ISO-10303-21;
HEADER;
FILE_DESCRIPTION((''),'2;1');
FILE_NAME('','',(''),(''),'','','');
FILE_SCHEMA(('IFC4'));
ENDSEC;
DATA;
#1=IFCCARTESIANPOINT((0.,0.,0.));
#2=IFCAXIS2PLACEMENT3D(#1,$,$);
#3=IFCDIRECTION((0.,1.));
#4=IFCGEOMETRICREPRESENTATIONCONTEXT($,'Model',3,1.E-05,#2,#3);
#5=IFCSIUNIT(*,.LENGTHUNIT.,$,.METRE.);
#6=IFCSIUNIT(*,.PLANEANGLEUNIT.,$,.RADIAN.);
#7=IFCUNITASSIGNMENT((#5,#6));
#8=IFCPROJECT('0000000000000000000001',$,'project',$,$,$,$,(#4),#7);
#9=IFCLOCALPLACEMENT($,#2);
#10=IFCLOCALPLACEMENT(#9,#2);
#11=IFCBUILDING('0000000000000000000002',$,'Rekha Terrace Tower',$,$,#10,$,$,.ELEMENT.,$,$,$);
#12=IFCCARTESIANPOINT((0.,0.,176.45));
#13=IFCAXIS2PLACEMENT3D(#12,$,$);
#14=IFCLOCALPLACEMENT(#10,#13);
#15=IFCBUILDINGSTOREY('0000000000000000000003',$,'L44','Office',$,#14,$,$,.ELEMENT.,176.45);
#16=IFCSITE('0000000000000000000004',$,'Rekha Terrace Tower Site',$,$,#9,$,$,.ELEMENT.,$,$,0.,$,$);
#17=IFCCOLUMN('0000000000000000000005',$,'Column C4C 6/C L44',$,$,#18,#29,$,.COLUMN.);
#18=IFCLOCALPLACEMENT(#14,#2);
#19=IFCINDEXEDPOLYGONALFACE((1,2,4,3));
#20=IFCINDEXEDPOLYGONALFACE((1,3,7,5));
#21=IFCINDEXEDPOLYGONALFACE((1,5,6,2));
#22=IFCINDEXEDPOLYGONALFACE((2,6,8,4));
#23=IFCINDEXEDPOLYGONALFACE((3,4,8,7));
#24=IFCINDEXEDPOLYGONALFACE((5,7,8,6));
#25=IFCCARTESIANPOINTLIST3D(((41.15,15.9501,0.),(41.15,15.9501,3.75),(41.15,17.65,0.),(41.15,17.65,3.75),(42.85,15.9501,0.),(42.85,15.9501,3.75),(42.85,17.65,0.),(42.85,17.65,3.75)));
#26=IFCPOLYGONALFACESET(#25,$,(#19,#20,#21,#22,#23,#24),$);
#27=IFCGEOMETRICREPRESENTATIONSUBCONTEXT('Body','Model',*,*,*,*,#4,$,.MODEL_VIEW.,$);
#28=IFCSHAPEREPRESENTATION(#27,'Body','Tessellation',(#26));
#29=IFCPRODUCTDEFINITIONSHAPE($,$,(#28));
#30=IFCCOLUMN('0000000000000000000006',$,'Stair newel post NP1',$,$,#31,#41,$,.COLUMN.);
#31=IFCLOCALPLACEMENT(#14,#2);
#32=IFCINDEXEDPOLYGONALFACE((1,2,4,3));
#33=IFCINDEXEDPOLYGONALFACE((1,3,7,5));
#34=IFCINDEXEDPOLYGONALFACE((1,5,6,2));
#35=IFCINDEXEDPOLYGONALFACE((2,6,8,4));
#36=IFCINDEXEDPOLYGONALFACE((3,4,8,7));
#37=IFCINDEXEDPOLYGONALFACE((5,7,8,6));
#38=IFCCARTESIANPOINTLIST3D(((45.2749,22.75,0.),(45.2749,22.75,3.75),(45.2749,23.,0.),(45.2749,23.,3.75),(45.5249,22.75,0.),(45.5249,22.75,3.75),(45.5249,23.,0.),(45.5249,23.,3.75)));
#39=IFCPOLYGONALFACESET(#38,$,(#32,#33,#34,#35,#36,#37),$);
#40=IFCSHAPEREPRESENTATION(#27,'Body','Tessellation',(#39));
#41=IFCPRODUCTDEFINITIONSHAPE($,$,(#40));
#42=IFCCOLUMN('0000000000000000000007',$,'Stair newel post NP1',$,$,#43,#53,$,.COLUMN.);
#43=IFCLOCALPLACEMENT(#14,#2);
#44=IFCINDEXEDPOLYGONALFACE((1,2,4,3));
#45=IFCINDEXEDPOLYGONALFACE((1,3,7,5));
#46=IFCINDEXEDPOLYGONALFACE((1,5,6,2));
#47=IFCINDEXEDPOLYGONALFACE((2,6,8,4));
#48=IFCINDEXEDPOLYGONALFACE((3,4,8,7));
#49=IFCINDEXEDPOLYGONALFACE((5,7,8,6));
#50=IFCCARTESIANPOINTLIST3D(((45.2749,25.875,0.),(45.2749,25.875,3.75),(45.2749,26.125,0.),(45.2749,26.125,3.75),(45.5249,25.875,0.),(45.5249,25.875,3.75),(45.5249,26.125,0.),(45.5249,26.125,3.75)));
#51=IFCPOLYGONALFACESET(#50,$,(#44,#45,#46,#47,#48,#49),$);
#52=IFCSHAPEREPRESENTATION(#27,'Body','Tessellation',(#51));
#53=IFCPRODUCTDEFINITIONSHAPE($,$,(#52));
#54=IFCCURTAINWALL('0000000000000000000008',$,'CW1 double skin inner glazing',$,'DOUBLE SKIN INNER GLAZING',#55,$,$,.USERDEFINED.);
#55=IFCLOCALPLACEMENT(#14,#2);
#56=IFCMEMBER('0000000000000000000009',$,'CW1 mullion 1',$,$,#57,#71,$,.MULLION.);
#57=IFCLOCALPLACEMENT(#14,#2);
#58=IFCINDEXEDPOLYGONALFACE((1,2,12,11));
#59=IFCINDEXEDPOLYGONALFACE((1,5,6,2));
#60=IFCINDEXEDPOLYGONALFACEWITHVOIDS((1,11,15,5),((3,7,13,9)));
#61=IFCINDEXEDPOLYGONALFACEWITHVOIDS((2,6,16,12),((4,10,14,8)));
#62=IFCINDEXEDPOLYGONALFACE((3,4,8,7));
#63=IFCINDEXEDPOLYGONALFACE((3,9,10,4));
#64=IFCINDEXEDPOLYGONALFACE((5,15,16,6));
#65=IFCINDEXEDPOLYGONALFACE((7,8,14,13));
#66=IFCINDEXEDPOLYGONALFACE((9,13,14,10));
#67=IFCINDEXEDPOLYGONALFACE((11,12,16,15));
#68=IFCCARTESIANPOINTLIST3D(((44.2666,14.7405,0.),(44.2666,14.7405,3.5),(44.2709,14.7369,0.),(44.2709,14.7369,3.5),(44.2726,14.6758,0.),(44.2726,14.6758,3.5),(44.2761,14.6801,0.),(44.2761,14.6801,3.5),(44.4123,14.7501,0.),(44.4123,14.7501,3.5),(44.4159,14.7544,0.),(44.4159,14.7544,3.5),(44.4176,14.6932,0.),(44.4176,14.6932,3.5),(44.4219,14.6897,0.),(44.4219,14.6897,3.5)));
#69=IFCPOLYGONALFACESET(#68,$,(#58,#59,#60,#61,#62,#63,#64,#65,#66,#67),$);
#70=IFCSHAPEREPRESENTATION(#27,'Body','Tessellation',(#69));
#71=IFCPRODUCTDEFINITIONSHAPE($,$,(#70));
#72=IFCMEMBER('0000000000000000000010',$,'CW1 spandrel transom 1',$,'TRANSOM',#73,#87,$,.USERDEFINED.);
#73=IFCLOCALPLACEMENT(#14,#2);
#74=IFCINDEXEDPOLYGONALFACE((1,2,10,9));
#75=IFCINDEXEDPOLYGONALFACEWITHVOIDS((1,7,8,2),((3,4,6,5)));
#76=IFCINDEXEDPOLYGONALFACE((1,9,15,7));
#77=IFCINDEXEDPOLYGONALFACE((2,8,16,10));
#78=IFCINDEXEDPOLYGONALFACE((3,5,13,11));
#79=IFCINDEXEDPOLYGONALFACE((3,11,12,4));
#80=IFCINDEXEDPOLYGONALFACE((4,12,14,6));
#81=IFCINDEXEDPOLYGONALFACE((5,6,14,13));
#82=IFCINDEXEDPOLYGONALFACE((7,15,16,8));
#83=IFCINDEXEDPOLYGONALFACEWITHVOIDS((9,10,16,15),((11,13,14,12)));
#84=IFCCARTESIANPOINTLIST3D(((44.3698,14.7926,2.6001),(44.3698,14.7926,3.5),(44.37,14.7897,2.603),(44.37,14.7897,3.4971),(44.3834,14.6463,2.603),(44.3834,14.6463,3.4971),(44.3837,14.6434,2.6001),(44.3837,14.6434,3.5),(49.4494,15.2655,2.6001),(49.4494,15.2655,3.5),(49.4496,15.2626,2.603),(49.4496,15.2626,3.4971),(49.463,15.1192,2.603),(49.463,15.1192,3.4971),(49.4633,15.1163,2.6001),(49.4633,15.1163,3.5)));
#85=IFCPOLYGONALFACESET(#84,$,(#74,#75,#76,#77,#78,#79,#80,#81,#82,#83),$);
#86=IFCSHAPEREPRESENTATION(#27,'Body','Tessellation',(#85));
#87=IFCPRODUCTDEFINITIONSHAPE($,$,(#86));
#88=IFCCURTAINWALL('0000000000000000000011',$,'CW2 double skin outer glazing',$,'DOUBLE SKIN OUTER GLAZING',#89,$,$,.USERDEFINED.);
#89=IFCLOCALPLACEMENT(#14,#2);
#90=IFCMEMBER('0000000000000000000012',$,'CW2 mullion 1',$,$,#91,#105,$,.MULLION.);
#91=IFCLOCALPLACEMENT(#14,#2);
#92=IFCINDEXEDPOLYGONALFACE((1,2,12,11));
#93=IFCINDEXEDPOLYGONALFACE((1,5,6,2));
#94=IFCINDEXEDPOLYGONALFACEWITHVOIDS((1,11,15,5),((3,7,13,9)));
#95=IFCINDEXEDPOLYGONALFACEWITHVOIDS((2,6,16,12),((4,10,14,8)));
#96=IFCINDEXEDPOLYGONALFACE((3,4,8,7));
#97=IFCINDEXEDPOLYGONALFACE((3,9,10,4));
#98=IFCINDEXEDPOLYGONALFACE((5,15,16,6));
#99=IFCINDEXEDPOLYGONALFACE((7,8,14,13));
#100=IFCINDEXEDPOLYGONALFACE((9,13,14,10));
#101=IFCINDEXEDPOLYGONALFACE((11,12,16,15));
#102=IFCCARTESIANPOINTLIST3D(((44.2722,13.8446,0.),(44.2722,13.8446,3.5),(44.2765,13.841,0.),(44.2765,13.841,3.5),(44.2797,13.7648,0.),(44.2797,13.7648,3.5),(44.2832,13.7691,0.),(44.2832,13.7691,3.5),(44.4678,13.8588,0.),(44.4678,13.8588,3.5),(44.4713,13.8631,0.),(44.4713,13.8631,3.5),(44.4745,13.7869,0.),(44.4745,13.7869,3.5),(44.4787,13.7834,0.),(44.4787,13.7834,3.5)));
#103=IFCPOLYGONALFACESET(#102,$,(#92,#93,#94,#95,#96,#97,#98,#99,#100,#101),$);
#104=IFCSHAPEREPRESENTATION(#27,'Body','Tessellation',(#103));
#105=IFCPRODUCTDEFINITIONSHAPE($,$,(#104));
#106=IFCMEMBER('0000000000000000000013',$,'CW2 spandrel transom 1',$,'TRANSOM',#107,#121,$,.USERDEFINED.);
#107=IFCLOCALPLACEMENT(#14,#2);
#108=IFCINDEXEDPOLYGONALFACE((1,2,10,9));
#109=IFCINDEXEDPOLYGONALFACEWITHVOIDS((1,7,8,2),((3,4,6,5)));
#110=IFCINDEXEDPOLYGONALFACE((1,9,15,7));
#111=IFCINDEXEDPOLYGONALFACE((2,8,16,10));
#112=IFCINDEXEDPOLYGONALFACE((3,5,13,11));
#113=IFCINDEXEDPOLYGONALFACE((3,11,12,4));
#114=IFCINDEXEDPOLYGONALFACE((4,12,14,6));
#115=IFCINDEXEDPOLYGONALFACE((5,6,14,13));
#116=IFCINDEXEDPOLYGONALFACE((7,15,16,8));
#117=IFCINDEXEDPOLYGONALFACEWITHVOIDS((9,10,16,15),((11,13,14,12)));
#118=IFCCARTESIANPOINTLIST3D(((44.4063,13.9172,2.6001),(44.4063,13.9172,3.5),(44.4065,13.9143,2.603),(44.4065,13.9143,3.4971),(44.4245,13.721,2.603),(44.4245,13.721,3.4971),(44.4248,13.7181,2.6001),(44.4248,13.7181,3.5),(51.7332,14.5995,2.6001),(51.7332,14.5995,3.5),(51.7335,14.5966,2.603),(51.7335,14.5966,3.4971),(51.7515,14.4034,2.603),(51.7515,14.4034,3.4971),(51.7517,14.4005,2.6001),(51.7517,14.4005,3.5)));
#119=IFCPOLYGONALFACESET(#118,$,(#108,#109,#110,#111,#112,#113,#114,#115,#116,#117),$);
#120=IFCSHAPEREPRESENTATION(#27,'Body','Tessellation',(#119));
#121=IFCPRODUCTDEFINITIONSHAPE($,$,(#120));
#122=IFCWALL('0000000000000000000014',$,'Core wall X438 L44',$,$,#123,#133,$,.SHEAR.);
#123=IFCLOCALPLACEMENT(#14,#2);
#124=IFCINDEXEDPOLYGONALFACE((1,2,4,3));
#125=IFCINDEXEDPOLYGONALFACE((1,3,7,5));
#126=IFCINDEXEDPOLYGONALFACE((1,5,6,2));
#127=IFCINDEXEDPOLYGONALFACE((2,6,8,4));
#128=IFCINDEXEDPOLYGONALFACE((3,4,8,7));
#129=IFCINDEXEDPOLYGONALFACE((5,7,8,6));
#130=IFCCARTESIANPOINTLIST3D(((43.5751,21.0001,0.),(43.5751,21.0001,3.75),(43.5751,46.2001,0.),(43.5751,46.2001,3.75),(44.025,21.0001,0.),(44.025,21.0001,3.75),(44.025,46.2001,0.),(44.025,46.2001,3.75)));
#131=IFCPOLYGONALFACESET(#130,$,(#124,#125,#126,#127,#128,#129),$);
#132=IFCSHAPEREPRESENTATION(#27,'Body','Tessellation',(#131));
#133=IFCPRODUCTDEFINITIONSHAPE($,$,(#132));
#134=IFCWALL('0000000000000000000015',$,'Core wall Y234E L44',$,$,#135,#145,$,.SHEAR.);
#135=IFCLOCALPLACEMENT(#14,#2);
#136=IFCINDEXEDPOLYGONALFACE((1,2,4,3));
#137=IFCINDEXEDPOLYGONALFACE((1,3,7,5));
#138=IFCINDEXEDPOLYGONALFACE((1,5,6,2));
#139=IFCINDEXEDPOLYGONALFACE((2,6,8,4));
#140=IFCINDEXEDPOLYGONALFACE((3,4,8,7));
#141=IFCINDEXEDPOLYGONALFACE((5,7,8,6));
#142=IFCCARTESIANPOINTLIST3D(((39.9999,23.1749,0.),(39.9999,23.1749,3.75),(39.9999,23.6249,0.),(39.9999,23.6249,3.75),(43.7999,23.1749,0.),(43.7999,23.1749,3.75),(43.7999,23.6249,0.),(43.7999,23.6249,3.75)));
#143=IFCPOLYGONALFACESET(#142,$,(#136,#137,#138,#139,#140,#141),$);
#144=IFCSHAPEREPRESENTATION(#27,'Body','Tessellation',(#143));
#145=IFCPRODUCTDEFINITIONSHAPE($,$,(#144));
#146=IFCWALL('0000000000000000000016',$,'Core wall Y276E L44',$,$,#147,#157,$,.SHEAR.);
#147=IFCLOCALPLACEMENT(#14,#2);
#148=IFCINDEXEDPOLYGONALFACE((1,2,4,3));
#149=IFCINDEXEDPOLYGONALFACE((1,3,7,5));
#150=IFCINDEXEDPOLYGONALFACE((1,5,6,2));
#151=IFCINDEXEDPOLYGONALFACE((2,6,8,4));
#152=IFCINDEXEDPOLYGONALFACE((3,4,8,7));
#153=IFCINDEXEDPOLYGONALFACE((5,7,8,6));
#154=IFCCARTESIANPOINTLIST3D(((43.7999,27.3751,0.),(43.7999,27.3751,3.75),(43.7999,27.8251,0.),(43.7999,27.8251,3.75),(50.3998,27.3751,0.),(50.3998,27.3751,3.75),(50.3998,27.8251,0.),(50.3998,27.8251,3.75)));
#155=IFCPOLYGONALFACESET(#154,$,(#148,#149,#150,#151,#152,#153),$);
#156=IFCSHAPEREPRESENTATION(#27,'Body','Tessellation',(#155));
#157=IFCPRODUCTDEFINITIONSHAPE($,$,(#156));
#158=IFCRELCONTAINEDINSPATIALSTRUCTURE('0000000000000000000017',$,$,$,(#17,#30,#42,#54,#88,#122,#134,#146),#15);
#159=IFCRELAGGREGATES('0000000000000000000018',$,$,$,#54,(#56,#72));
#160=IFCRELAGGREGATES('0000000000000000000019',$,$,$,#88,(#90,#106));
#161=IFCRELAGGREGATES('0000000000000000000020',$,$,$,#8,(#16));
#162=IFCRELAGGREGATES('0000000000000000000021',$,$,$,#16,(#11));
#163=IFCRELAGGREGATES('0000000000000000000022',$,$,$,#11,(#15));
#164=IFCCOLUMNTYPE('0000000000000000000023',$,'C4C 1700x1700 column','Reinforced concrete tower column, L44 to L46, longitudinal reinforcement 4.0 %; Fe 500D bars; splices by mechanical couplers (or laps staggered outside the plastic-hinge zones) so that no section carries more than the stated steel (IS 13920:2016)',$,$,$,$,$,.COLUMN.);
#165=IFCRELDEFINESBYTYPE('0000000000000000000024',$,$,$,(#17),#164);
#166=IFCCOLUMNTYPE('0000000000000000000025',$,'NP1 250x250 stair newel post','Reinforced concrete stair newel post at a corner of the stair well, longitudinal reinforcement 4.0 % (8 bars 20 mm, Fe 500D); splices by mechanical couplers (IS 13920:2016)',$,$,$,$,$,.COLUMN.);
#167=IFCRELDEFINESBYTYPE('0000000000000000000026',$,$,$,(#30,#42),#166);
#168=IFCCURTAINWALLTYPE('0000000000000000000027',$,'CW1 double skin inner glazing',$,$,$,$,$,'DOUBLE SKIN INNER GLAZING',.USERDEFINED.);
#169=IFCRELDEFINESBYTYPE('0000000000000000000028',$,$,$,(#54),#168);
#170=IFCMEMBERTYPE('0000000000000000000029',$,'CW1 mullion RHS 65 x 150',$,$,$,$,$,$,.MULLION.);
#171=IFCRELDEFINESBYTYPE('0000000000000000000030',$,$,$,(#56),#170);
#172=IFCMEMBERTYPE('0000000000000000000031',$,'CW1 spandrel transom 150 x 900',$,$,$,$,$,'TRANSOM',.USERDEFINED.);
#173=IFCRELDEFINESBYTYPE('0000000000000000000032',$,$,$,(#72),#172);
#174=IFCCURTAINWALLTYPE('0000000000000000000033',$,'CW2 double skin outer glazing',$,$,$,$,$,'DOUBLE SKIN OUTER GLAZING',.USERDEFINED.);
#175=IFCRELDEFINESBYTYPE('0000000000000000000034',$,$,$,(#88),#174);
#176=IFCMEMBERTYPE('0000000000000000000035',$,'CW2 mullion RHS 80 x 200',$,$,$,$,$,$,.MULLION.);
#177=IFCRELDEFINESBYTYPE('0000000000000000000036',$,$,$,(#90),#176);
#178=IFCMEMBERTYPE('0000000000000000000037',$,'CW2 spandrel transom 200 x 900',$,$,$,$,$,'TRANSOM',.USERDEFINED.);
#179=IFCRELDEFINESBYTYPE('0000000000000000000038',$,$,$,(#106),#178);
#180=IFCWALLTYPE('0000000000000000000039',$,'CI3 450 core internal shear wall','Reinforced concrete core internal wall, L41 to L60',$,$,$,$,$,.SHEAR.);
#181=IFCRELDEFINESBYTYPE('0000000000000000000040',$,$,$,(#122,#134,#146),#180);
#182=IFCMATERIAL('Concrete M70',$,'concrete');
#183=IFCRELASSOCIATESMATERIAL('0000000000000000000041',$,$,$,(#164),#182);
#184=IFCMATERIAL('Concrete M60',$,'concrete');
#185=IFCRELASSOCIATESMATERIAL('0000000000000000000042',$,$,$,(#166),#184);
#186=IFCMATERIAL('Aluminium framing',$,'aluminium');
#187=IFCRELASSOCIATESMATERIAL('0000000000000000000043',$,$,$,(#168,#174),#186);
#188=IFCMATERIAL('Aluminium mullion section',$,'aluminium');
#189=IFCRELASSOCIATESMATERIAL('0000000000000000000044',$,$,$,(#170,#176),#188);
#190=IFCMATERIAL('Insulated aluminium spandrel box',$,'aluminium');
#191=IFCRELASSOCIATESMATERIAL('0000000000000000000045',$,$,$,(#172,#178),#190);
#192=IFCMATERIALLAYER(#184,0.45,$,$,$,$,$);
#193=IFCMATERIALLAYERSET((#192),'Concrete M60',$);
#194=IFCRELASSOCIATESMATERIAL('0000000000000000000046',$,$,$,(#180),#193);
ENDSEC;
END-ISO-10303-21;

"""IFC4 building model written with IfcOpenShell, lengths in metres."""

from ifc_helpers import new_model, si_unit, direction, frame, frame_2d, origin, origin_2d, place, context, subcontext, project, spatial, rectangle, hollow_rectangle, extrude, material, layer, layer_set, material_profile, profile_set, type_object, element, aggregate, save


model = new_model("IFC4")

# Units and contexts
model_context = context("Model", 3, precision=1e-05, world=origin(), true_north=direction((0.0, 1.0)))
body_context = subcontext(model_context, "Body", "Model", "MODEL_VIEW")
ifc_project = project(units=[si_unit("LENGTHUNIT", "METRE"), si_unit("PLANEANGLEUNIT", "RADIAN")], contexts=[model_context])

# Site, building, storey
site_placement = place(None, origin())
site = spatial("IfcSite", under=ifc_project, at=site_placement, Name="Rekha Terrace Tower Site", CompositionType="ELEMENT", RefElevation=0.0)
building_placement = place(site_placement, origin())
building = spatial("IfcBuilding", under=site, at=building_placement, Name="Rekha Terrace Tower", CompositionType="ELEMENT")
storey_placement = place(building_placement, frame((0.0, 0.0, 176.45)))
storey = spatial("IfcBuildingStorey", under=building, at=storey_placement, Name="L44", Description="Office", CompositionType="ELEMENT", Elevation=176.45)

# Columns
ifc_material_1 = material(Name="Concrete M70", Category="concrete")
ifc_material_profile_1 = material_profile(ifc_material_1, rectangle(XDim=1.7, YDim=1.7, at=origin_2d()), Name="RC 1700x1700")
ifc_profile_set_1 = profile_set([ifc_material_profile_1], Name="Concrete M70")
column_type_1 = type_object("IfcColumnType", Name="C4C 1700x1700 column", Description="Reinforced concrete tower column, L44 to L46, longitudinal reinforcement 4.0 %; Fe 500D bars; splices by mechanical couplers (or laps staggered outside the plastic-hinge zones) so that no section carries more than the stated steel (IS 13920:2016)", PredefinedType="COLUMN", material=ifc_profile_set_1)
column_placement = place(storey_placement, frame((42.0, 16.8, 0.0), z_axis=(0.0, 0.0, 1.0), x_axis=(1.0, 0.0, 0.0)))
element("IfcColumn", 1, at=column_placement, inside=storey, type_object=column_type_1, Name="Column C4C 6/C L44", PredefinedType="COLUMN", context=body_context, shape_type="SweptSolid", body=[
    extrude(rectangle(XDim=1.7, YDim=1.7, at=origin_2d()), origin(), (0.0, 0.0, 1.0), 3.75),
])
ifc_material_2 = material(Name="Concrete M60", Category="concrete")
ifc_material_profile_2 = material_profile(ifc_material_2, rectangle(XDim=0.25, YDim=0.25, at=origin_2d()), Name="RC 250x250")
ifc_profile_set_2 = profile_set([ifc_material_profile_2], Name="Concrete M60")
column_type_2 = type_object("IfcColumnType", Name="NP1 250x250 stair newel post", Description="Reinforced concrete stair newel post at a corner of the stair well, longitudinal reinforcement 4.0 % (8 bars 20 mm, Fe 500D); splices by mechanical couplers (IS 13920:2016)", PredefinedType="COLUMN", material=ifc_profile_set_2)
for number, where, z_axis, x_axis, name in (
    (2, (45.3999, 22.875, 0.0), (0.0, 0.0, 1.0), (1.0, 0.0, 0.0), "Stair newel post NP1"),
    (3, (45.3999, 26.0, 0.0), (0.0, 0.0, 1.0), (1.0, 0.0, 0.0), "Stair newel post NP1"),
):
    element("IfcColumn", number, at=place(storey_placement, frame(where, z_axis=z_axis, x_axis=x_axis)), inside=storey, type_object=column_type_2, Name=name, PredefinedType="COLUMN", context=body_context, shape_type="SweptSolid", body=[
        extrude(rectangle(XDim=0.25, YDim=0.25, at=origin_2d()), origin(), (0.0, 0.0, 1.0), 3.75),
    ])

# Curtain walls, members
ifc_material_3 = material(Name="Aluminium framing", Category="aluminium")
curtain_wall_type_1 = type_object("IfcCurtainWallType", Name="CW1 double skin inner glazing", ElementType="DOUBLE SKIN INNER GLAZING", PredefinedType="USERDEFINED", material=ifc_material_3)
curtain_wall_1_placement = place(storey_placement, origin())
curtain_wall_1 = element("IfcCurtainWall", 4, at=curtain_wall_1_placement, inside=storey, type_object=curtain_wall_type_1, Name="CW1 double skin inner glazing", ObjectType="DOUBLE SKIN INNER GLAZING", PredefinedType="USERDEFINED")
ifc_material_4 = material(Name="Aluminium mullion section", Category="aluminium")
ifc_material_profile_3 = material_profile(ifc_material_4, hollow_rectangle(XDim=0.0649, YDim=0.1499, WallThickness=0.0039, at=origin_2d()), Name="AL RHS 65x150")
ifc_profile_set_3 = profile_set([ifc_material_profile_3], Name="Aluminium mullion section")
member_type_1 = type_object("IfcMemberType", Name="CW1 mullion RHS 65 x 150", PredefinedType="MULLION", material=ifc_profile_set_3)
member_1_placement = place(storey_placement, frame((44.3442, 14.7151, 0.0), z_axis=(0.0, 0.0, 1.0), x_axis=(-0.092709, 0.995693, 0.0)))
member_1 = element("IfcMember", 5, at=member_1_placement, type_object=member_type_1, Name="CW1 mullion 1", PredefinedType="MULLION", context=body_context, shape_type="SweptSolid", body=[
    extrude(hollow_rectangle(XDim=0.0649, YDim=0.1499, WallThickness=0.0039, at=origin_2d()), origin(), (0.0, 0.0, 1.0), 3.5),
])
ifc_material_5 = material(Name="Insulated aluminium spandrel box", Category="aluminium")
ifc_material_profile_4 = material_profile(ifc_material_5, hollow_rectangle(XDim=0.1499, YDim=0.8999, WallThickness=0.0029, at=origin_2d()), Name="AL SPANDREL BOX 150x900")
ifc_profile_set_4 = profile_set([ifc_material_profile_4], Name="Insulated aluminium spandrel box")
member_type_2 = type_object("IfcMemberType", Name="CW1 spandrel transom 150 x 900", ElementType="TRANSOM", PredefinedType="USERDEFINED", material=ifc_profile_set_4)
member_2_placement = place(storey_placement, frame((44.3767, 14.718, 3.05), z_axis=(0.995694, 0.092697, 0.0), x_axis=(-0.092697, 0.995694, 0.0)))
member_2 = element("IfcMember", 6, at=member_2_placement, type_object=member_type_2, Name="CW1 spandrel transom 1", ObjectType="TRANSOM", PredefinedType="USERDEFINED", context=body_context, shape_type="SweptSolid", body=[
    extrude(hollow_rectangle(XDim=0.1499, YDim=0.8999, WallThickness=0.0029, at=origin_2d()), origin(), (0.0, 0.0, 1.0), 5.1016),
])
aggregate(curtain_wall_1, [member_1, member_2])
curtain_wall_type_2 = type_object("IfcCurtainWallType", Name="CW2 double skin outer glazing", ElementType="DOUBLE SKIN OUTER GLAZING", PredefinedType="USERDEFINED", material=ifc_material_3)
curtain_wall_2_placement = place(storey_placement, origin())
curtain_wall_2 = element("IfcCurtainWall", 7, at=curtain_wall_2_placement, inside=storey, type_object=curtain_wall_type_2, Name="CW2 double skin outer glazing", ObjectType="DOUBLE SKIN OUTER GLAZING", PredefinedType="USERDEFINED")
ifc_material_profile_5 = material_profile(ifc_material_4, hollow_rectangle(XDim=0.0801, YDim=0.2, WallThickness=0.0039, at=origin_2d()), Name="AL RHS 80x200")
ifc_profile_set_5 = profile_set([ifc_material_profile_5], Name="Aluminium mullion section")
member_type_3 = type_object("IfcMemberType", Name="CW2 mullion RHS 80 x 200", PredefinedType="MULLION", material=ifc_profile_set_5)
member_3_placement = place(storey_placement, frame((44.3755, 13.814, 0.0), z_axis=(0.0, 0.0, 1.0), x_axis=(-0.092709, 0.995693, 0.0)))
member_3 = element("IfcMember", 8, at=member_3_placement, type_object=member_type_3, Name="CW2 mullion 1", PredefinedType="MULLION", context=body_context, shape_type="SweptSolid", body=[
    extrude(hollow_rectangle(XDim=0.0801, YDim=0.2, WallThickness=0.0039, at=origin_2d()), origin(), (0.0, 0.0, 1.0), 3.5),
])
ifc_material_profile_6 = material_profile(ifc_material_5, hollow_rectangle(XDim=0.2, YDim=0.8999, WallThickness=0.0029, at=origin_2d()), Name="AL SPANDREL BOX 200x900")
ifc_profile_set_6 = profile_set([ifc_material_profile_6], Name="Insulated aluminium spandrel box")
member_type_4 = type_object("IfcMemberType", Name="CW2 spandrel transom 200 x 900", ElementType="TRANSOM", PredefinedType="USERDEFINED", material=ifc_profile_set_6)
member_4_placement = place(storey_placement, frame((44.4155, 13.8176, 3.05), z_axis=(0.995691, 0.092731, 0.0), x_axis=(-0.092731, 0.995691, 0.0)))
member_4 = element("IfcMember", 9, at=member_4_placement, type_object=member_type_4, Name="CW2 spandrel transom 1", ObjectType="TRANSOM", PredefinedType="USERDEFINED", context=body_context, shape_type="SweptSolid", body=[
    extrude(hollow_rectangle(XDim=0.2, YDim=0.8999, WallThickness=0.0029, at=origin_2d()), origin(), (0.0, 0.0, 1.0), 7.3586),
])
aggregate(curtain_wall_2, [member_3, member_4])

# Walls
ifc_layer_1 = layer(ifc_material_2, 0.45)
ifc_layer_set_1 = layer_set([ifc_layer_1], Name="Concrete M60")
wall_type_1 = type_object("IfcWallType", Name="CI3 450 core internal shear wall", Description="Reinforced concrete core internal wall, L41 to L60", PredefinedType="SHEAR", material=ifc_layer_set_1)
wall_1_placement = place(storey_placement, frame((43.8, 21.0, 0.0), z_axis=(0.0, 0.0, 1.0), x_axis=(0.0, 1.0, 0.0)))
element("IfcWall", 10, at=wall_1_placement, inside=storey, type_object=wall_type_1, Name="Core wall X438 L44", PredefinedType="SHEAR", context=body_context, shape_type="SweptSolid", body=[
    extrude(rectangle(XDim=25.2, YDim=0.45, at=frame_2d((12.6001, 0.0))), origin(), (0.0, 0.0, 1.0), 3.75),
])
wall_2_placement = place(storey_placement, frame((40.0, 23.3999, 0.0), z_axis=(0.0, 0.0, 1.0), x_axis=(1.0, 0.0, 0.0)))
element("IfcWall", 11, at=wall_2_placement, inside=storey, type_object=wall_type_1, Name="Core wall Y234E L44", PredefinedType="SHEAR", context=body_context, shape_type="SweptSolid", body=[
    extrude(rectangle(XDim=3.8, YDim=0.45, at=frame_2d((1.8999, 0.0))), origin(), (0.0, 0.0, 1.0), 3.75),
])
wall_3_placement = place(storey_placement, frame((43.8, 27.6001, 0.0), z_axis=(0.0, 0.0, 1.0), x_axis=(1.0, 0.0, 0.0)))
element("IfcWall", 12, at=wall_3_placement, inside=storey, type_object=wall_type_1, Name="Core wall Y276E L44", PredefinedType="SHEAR", context=body_context, shape_type="SweptSolid", body=[
    extrude(rectangle(XDim=6.5999, YDim=0.45, at=frame_2d((3.2998, 0.0))), origin(), (0.0, 0.0, 1.0), 3.75),
])

save(model, "model.ifc")
